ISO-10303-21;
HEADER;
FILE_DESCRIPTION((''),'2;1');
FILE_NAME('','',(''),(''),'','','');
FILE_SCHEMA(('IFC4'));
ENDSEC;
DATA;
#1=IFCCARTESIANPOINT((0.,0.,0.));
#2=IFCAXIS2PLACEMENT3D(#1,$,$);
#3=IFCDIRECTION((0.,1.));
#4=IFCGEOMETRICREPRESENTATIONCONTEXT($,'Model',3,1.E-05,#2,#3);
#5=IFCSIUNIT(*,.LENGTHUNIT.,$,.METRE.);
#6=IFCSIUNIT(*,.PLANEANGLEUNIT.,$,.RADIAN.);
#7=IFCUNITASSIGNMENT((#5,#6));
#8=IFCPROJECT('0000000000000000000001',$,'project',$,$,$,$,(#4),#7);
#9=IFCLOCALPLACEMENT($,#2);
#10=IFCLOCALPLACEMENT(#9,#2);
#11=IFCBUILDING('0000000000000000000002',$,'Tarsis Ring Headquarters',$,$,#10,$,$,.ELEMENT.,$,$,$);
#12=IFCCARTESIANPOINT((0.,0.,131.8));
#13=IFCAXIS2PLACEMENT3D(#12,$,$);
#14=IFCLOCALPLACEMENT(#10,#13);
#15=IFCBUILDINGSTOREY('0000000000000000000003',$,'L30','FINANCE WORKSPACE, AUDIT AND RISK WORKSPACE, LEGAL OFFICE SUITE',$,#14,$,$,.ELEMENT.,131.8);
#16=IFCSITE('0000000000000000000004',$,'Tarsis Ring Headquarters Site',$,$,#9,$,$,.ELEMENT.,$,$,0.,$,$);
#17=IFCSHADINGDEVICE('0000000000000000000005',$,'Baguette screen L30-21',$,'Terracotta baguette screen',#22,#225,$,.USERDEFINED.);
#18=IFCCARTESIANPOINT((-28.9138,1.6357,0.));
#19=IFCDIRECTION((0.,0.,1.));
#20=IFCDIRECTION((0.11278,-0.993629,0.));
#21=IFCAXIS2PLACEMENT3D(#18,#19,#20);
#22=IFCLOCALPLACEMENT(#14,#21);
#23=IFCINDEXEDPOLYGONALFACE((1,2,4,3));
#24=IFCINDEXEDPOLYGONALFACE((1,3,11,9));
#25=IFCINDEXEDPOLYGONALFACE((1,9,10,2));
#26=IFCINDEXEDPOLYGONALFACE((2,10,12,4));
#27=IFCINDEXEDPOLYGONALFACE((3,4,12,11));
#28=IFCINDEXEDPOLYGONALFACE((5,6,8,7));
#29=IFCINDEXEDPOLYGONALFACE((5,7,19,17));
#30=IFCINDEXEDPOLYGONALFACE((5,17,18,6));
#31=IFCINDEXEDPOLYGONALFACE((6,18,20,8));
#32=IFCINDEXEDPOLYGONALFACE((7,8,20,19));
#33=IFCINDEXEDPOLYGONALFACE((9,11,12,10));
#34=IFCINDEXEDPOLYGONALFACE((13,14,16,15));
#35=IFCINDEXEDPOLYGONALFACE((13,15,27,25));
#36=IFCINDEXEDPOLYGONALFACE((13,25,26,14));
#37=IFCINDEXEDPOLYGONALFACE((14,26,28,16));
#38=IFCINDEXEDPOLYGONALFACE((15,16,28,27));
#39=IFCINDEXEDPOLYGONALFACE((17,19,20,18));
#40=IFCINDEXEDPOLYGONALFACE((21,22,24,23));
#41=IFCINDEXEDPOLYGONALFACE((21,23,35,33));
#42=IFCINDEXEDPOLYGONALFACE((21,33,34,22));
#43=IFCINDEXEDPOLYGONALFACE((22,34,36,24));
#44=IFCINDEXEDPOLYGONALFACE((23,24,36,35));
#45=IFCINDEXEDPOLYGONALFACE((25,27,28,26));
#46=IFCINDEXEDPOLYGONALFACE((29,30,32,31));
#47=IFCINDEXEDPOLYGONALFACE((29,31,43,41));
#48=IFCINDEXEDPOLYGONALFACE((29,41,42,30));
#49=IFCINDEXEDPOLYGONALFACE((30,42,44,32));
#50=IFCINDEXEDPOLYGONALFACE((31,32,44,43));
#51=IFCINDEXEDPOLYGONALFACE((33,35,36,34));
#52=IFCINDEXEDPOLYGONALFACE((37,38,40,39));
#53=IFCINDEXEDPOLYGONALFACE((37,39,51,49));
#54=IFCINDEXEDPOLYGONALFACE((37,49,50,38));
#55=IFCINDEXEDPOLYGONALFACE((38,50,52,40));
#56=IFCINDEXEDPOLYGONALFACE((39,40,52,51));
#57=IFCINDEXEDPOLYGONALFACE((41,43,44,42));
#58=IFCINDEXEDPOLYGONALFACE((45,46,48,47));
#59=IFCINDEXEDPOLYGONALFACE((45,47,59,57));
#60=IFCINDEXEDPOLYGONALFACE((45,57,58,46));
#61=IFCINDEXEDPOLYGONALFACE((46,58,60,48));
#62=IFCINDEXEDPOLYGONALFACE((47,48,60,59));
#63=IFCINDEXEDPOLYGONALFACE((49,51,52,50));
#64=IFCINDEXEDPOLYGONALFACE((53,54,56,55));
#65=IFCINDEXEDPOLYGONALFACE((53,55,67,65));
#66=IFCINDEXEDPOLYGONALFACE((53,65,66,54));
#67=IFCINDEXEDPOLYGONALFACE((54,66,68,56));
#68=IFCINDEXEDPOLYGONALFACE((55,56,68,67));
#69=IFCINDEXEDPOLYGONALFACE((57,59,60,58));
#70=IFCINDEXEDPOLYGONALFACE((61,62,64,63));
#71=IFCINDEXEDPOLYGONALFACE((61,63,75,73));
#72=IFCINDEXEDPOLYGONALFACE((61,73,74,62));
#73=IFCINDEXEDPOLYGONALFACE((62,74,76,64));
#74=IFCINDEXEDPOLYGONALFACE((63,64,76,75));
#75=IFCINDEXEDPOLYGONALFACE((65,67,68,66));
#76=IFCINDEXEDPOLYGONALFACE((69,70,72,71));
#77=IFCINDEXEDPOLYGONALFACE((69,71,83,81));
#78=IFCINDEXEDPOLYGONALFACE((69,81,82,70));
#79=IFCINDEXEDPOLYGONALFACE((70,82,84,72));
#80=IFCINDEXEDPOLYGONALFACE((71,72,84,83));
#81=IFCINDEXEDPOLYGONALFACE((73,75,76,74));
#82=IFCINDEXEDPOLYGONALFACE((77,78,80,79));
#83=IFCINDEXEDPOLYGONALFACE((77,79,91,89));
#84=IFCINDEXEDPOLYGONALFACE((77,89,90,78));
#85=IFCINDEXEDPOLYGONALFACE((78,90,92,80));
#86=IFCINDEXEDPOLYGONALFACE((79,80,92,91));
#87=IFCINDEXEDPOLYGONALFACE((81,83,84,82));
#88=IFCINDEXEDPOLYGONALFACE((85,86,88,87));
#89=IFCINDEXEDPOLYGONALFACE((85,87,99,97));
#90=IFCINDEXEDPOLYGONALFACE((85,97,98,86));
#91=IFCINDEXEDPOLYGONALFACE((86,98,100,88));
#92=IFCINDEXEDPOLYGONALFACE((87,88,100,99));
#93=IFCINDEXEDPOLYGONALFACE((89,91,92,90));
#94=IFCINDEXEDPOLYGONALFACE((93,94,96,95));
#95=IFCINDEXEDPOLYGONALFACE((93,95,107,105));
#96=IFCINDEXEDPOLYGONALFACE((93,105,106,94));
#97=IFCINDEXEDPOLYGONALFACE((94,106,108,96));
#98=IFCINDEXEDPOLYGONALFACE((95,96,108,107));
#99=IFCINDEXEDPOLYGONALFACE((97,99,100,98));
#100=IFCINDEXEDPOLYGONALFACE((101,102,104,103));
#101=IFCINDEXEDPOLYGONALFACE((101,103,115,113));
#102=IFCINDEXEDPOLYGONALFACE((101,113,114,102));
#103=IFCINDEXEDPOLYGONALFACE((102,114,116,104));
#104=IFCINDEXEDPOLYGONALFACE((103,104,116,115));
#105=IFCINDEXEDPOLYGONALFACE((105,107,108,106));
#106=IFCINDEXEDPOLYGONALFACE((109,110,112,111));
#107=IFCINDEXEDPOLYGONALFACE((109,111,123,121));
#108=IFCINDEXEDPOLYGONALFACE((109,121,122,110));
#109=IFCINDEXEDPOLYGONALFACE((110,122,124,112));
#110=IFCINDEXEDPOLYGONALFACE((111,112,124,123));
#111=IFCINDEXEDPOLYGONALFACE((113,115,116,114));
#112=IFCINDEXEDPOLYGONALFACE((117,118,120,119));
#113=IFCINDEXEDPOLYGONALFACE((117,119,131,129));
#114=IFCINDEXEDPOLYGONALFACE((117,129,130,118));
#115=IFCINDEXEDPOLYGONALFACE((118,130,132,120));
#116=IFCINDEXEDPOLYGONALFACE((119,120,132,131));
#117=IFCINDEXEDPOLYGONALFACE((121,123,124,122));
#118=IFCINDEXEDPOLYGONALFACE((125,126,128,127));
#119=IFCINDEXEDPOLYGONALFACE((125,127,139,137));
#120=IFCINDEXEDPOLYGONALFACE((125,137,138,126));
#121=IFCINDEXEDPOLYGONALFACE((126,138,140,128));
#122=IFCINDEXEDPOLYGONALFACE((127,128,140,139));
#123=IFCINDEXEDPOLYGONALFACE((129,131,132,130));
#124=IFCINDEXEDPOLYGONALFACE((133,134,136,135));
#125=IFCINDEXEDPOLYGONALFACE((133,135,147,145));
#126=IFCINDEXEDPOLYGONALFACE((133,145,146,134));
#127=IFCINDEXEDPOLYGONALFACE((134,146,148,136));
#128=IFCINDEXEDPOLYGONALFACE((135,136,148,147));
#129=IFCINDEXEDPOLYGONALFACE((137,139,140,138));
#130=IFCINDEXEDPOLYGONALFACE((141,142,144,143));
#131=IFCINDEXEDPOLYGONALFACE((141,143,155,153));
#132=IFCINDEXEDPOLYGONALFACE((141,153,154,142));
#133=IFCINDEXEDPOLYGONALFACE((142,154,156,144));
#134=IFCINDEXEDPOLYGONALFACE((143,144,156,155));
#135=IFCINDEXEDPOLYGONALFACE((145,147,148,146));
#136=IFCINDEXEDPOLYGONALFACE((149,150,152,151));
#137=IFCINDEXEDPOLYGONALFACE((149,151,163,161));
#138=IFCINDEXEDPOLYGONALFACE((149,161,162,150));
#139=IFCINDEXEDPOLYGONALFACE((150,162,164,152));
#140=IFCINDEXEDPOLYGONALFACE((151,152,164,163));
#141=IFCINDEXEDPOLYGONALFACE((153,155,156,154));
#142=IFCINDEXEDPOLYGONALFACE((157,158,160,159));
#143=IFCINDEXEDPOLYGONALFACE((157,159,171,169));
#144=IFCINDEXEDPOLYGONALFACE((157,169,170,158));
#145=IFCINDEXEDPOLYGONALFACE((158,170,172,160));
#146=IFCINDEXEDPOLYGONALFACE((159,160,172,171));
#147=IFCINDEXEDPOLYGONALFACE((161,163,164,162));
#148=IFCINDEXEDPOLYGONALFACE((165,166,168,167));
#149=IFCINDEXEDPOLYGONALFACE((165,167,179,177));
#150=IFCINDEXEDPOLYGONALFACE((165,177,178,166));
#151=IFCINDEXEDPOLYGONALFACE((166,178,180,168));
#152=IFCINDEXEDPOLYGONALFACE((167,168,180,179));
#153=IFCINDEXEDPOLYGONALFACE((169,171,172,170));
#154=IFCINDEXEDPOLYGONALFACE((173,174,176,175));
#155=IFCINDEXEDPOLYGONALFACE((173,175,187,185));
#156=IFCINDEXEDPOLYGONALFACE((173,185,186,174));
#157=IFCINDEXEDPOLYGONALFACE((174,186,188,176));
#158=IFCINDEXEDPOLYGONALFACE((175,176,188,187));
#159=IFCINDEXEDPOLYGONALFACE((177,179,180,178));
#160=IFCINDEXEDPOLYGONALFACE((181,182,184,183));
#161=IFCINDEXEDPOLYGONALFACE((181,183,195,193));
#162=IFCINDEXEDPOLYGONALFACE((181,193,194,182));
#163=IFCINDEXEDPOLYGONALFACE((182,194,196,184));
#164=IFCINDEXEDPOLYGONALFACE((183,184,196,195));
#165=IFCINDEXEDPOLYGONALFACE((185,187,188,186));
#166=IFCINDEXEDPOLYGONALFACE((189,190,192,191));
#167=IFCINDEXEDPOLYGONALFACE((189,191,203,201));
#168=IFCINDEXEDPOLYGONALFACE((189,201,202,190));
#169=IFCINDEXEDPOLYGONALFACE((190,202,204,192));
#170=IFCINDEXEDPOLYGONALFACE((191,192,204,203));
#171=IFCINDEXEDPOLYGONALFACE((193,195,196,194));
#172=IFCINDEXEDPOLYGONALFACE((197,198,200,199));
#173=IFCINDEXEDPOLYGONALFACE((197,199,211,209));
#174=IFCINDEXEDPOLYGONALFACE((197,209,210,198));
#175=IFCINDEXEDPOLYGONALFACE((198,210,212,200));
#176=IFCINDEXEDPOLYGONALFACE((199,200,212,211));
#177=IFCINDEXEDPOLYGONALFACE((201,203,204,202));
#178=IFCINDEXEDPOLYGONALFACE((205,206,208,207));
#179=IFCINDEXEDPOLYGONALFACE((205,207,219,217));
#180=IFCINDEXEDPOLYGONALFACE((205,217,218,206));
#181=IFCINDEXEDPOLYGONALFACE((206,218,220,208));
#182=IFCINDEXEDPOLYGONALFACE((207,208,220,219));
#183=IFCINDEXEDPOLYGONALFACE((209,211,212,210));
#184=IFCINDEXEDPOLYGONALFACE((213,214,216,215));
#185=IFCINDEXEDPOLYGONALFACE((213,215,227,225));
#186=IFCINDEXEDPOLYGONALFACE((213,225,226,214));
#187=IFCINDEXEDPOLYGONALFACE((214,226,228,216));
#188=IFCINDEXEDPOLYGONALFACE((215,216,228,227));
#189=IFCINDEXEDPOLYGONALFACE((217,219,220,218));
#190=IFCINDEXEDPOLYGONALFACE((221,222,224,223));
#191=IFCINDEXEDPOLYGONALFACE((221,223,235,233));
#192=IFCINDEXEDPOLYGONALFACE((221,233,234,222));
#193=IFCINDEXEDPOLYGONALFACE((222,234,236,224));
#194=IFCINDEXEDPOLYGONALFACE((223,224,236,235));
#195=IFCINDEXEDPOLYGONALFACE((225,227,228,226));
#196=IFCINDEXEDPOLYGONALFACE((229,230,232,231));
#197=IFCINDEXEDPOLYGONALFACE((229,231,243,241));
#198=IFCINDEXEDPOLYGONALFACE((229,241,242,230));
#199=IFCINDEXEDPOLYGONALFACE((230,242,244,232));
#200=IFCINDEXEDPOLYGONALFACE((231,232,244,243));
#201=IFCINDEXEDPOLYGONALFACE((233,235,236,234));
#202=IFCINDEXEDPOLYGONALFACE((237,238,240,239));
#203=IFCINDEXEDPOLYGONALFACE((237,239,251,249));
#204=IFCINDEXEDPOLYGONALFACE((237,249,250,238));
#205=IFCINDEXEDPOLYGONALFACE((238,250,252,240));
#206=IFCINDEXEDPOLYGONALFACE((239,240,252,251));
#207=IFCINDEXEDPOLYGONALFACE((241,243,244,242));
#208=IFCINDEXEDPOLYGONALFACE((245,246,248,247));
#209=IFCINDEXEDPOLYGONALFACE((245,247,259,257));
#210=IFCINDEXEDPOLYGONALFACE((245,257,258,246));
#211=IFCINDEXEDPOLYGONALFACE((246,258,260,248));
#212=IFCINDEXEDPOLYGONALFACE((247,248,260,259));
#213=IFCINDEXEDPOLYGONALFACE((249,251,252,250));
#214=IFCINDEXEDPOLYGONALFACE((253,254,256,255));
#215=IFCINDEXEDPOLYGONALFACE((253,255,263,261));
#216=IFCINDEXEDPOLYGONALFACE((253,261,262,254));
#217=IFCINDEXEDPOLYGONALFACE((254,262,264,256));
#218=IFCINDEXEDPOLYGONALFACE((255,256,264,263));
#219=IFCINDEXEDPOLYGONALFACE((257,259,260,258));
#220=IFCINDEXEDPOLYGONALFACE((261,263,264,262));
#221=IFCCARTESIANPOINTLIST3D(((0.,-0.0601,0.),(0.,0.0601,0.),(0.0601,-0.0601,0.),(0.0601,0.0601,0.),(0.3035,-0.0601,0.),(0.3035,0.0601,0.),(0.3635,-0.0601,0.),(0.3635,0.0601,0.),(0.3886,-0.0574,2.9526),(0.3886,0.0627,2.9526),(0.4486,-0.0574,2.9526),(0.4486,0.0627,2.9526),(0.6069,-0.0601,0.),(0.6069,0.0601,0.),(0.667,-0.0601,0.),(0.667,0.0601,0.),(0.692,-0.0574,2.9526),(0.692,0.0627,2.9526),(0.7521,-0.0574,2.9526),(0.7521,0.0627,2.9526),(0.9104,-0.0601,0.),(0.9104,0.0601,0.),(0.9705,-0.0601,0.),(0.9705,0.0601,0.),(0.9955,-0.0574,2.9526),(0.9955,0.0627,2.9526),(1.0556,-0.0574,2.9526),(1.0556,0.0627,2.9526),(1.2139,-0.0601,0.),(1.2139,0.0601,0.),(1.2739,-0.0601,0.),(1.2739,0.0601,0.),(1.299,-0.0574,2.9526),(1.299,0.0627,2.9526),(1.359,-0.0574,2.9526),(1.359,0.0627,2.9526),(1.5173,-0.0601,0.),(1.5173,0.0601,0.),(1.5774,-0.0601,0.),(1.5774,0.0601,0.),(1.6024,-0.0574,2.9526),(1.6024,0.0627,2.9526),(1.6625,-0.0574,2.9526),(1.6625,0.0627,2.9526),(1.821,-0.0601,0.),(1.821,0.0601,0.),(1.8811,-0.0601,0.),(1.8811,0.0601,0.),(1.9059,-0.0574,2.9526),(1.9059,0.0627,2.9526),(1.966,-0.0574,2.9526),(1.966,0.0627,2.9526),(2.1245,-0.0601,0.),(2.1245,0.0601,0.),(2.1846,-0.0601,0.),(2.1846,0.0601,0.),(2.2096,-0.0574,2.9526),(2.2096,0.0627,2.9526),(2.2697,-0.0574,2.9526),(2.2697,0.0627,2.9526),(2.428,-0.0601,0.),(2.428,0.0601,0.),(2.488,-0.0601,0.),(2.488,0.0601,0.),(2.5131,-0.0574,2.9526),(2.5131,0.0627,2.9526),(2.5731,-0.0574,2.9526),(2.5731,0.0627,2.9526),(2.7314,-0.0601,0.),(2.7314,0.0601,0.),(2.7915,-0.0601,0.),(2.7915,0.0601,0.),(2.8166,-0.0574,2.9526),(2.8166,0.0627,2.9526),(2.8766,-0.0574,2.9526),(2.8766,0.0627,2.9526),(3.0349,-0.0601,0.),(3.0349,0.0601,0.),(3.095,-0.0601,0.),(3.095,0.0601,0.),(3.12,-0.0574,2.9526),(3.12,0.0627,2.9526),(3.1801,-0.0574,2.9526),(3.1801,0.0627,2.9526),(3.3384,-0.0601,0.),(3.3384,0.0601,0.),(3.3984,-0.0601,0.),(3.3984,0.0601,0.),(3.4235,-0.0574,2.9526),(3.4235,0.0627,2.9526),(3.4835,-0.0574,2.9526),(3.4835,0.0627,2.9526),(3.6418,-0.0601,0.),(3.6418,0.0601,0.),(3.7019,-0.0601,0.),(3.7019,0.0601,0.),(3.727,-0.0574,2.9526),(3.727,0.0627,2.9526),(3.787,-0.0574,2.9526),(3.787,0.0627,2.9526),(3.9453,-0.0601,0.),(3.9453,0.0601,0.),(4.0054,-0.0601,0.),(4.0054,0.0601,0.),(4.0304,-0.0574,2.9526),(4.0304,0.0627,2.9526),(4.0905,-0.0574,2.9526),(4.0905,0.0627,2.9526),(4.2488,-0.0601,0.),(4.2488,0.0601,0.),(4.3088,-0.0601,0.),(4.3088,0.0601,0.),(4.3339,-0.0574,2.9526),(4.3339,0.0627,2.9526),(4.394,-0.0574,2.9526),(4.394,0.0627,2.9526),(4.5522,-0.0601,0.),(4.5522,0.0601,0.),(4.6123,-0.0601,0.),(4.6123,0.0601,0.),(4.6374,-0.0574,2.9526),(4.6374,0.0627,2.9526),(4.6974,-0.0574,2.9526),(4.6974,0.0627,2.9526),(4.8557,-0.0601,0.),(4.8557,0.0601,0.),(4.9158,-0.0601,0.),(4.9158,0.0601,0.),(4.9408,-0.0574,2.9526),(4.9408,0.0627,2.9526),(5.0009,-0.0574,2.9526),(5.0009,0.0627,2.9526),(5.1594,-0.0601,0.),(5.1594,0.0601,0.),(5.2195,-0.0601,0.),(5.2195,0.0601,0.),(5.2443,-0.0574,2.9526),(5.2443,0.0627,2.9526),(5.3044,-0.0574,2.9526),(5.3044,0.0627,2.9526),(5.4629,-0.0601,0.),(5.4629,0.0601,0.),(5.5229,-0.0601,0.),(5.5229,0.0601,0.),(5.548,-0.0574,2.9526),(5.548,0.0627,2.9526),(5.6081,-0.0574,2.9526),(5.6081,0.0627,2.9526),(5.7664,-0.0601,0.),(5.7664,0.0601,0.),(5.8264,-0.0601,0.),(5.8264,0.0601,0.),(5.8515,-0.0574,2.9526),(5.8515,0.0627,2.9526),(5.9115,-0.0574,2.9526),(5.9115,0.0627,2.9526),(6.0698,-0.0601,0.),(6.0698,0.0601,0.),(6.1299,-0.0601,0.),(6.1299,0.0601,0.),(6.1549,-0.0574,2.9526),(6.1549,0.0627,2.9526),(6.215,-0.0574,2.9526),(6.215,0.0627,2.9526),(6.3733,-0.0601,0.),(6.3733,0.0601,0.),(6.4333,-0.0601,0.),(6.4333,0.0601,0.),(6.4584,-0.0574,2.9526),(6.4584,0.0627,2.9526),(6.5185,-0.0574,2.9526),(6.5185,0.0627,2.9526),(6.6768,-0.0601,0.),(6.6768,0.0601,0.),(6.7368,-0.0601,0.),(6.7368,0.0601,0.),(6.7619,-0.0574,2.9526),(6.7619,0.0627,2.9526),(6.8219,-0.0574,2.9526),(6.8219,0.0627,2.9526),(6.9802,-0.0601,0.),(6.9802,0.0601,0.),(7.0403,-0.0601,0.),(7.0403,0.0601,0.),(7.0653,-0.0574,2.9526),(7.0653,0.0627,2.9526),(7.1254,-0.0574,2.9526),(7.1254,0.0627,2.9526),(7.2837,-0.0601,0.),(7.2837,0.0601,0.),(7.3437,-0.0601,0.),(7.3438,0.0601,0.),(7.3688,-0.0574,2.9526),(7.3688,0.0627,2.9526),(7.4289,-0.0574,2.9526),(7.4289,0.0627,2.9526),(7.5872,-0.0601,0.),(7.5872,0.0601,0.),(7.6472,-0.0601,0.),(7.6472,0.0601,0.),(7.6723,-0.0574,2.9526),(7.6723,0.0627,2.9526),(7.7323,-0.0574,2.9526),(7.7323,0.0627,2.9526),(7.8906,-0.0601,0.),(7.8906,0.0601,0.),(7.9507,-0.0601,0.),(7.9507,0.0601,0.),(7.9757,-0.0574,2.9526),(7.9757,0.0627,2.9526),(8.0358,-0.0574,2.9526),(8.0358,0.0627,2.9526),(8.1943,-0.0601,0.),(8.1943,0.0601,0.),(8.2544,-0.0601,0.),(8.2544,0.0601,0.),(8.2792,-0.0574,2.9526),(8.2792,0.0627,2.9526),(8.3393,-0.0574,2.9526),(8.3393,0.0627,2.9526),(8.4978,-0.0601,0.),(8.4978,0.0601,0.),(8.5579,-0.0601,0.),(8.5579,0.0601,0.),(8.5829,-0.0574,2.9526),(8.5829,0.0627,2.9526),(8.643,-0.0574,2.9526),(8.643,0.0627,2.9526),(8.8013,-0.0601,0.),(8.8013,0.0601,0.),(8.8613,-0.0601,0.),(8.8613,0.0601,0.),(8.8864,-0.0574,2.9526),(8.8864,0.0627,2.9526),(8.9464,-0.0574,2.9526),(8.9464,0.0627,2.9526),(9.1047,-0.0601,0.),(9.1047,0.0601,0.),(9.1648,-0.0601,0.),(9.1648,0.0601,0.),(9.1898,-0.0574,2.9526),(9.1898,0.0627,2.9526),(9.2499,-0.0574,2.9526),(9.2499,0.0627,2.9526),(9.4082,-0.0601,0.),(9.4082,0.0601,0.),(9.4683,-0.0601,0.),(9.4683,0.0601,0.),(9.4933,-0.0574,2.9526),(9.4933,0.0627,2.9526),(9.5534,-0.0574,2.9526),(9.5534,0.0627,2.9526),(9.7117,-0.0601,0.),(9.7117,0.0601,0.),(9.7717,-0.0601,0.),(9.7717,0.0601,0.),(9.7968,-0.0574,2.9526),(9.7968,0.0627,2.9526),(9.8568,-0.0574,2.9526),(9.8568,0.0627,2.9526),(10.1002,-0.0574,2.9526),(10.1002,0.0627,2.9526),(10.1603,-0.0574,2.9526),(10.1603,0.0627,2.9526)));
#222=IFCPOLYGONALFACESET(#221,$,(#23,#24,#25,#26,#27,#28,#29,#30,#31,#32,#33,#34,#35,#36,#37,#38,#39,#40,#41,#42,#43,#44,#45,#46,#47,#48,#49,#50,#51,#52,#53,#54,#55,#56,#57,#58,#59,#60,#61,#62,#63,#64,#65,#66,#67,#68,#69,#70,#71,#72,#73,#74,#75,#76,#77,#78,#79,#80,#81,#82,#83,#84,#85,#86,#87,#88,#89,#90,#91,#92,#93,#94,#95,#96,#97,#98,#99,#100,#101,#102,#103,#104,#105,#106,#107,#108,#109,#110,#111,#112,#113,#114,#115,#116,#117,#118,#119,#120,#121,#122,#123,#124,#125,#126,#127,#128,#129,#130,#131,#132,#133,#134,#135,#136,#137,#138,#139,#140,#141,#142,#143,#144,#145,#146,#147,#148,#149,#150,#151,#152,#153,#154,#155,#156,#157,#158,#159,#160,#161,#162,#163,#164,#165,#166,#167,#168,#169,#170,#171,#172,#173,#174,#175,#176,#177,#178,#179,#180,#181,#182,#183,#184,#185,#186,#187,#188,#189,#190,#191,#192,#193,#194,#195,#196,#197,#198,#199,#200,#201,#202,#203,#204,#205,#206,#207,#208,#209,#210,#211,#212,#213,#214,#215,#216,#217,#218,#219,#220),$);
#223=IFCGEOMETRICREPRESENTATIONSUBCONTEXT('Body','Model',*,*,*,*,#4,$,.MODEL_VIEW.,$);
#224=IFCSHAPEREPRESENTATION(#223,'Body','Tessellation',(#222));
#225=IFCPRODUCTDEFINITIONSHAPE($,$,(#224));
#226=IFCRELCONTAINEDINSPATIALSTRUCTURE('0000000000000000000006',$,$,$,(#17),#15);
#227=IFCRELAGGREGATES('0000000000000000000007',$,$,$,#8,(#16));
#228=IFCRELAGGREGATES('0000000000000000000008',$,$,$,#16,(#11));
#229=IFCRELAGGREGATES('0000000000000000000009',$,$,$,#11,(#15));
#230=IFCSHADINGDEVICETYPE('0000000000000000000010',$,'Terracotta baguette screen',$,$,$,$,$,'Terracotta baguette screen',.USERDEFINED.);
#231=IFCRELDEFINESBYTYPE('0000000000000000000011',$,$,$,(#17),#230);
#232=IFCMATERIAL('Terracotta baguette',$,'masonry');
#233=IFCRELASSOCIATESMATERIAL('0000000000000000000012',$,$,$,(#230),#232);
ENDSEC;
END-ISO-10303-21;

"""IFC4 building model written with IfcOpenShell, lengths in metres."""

from ifc_helpers import new_model, si_unit, direction, frame, frame_2d, origin, place, context, subcontext, project, spatial, rectangle, composite_profile, extrude, material, type_object, element, save


model = new_model("IFC4")

# Units and contexts
model_context = context("Model", 3, precision=1e-05, world=origin(), true_north=direction((0.0, 1.0)))
body_context = subcontext(model_context, "Body", "Model", "MODEL_VIEW")
ifc_project = project(units=[si_unit("LENGTHUNIT", "METRE"), si_unit("PLANEANGLEUNIT", "RADIAN")], contexts=[model_context])

# Site, building, storey
site_placement = place(None, origin())
site = spatial("IfcSite", under=ifc_project, at=site_placement, Name="Tarsis Ring Headquarters Site", CompositionType="ELEMENT", RefElevation=0.0)
building_placement = place(site_placement, origin())
building = spatial("IfcBuilding", under=site, at=building_placement, Name="Tarsis Ring Headquarters", CompositionType="ELEMENT")
storey_placement = place(building_placement, frame((0.0, 0.0, 131.8)))
storey = spatial("IfcBuildingStorey", under=building, at=storey_placement, Name="L30", Description="FINANCE WORKSPACE, AUDIT AND RISK WORKSPACE, LEGAL OFFICE SUITE", CompositionType="ELEMENT", Elevation=131.8)

# Shading device
ifc_material_1 = material(Name="Terracotta baguette", Category="masonry")
shading_device_type = type_object("IfcShadingDeviceType", Name="Terracotta baguette screen", ElementType="Terracotta baguette screen", PredefinedType="USERDEFINED", material=ifc_material_1)
shading_device_placement = place(storey_placement, frame((-28.9138, 1.6357, 0.0), z_axis=(0.0, 0.0, 1.0), x_axis=(0.11278, -0.993629, 0.0)))
element("IfcShadingDevice", 1, at=shading_device_placement, inside=storey, type_object=shading_device_type, Name="Baguette screen L30-21", ObjectType="Terracotta baguette screen", PredefinedType="USERDEFINED", context=body_context, shape_type="SweptSolid", body=[
    extrude(composite_profile([rectangle(XDim=0.0601, YDim=0.1201, at=frame_2d((0.03, 0.0))), rectangle(XDim=0.0601, YDim=0.1201, at=frame_2d((0.3335, 0.0))), rectangle(XDim=0.0601, YDim=0.1201, at=frame_2d((0.637, 0.0))), rectangle(XDim=0.0601, YDim=0.1201, at=frame_2d((0.9404, 0.0))), rectangle(XDim=0.0601, YDim=0.1201, at=frame_2d((1.2439, 0.0))), rectangle(XDim=0.0601, YDim=0.1201, at=frame_2d((1.5474, 0.0))), rectangle(XDim=0.0601, YDim=0.1201, at=frame_2d((1.8511, 0.0))), rectangle(XDim=0.0601, YDim=0.1201, at=frame_2d((2.1545, 0.0))), rectangle(XDim=0.0601, YDim=0.1201, at=frame_2d((2.458, 0.0))), rectangle(XDim=0.0601, YDim=0.1201, at=frame_2d((2.7615, 0.0))), rectangle(XDim=0.0601, YDim=0.1201, at=frame_2d((3.0649, 0.0))), rectangle(XDim=0.0601, YDim=0.1201, at=frame_2d((3.3684, 0.0))), rectangle(XDim=0.0601, YDim=0.1201, at=frame_2d((3.6719, 0.0))), rectangle(XDim=0.0601, YDim=0.1201, at=frame_2d((3.9753, 0.0))), rectangle(XDim=0.0601, YDim=0.1201, at=frame_2d((4.2788, 0.0))), rectangle(XDim=0.0601, YDim=0.1201, at=frame_2d((4.5823, 0.0))), rectangle(XDim=0.0601, YDim=0.1201, at=frame_2d((4.8857, 0.0))), rectangle(XDim=0.0601, YDim=0.1201, at=frame_2d((5.1895, 0.0))), rectangle(XDim=0.0601, YDim=0.1201, at=frame_2d((5.4929, 0.0))), rectangle(XDim=0.0601, YDim=0.1201, at=frame_2d((5.7964, 0.0))), rectangle(XDim=0.0601, YDim=0.1201, at=frame_2d((6.0999, 0.0))), rectangle(XDim=0.0601, YDim=0.1201, at=frame_2d((6.4033, 0.0))), rectangle(XDim=0.0601, YDim=0.1201, at=frame_2d((6.7068, 0.0))), rectangle(XDim=0.0601, YDim=0.1201, at=frame_2d((7.0103, 0.0))), rectangle(XDim=0.0601, YDim=0.1201, at=frame_2d((7.3137, 0.0))), rectangle(XDim=0.0601, YDim=0.1201, at=frame_2d((7.6172, 0.0))), rectangle(XDim=0.0601, YDim=0.1201, at=frame_2d((7.9207, 0.0))), rectangle(XDim=0.0601, YDim=0.1201, at=frame_2d((8.2244, 0.0))), rectangle(XDim=0.0601, YDim=0.1201, at=frame_2d((8.5278, 0.0))), rectangle(XDim=0.0601, YDim=0.1201, at=frame_2d((8.8313, 0.0))), rectangle(XDim=0.0601, YDim=0.1201, at=frame_2d((9.1348, 0.0))), rectangle(XDim=0.0601, YDim=0.1201, at=frame_2d((9.4382, 0.0))), rectangle(XDim=0.0601, YDim=0.1201, at=frame_2d((9.7417, 0.0)))]), origin(), (0.130482, 0.000887, 0.99145), 2.978),
])

save(model, "model.ifc")
